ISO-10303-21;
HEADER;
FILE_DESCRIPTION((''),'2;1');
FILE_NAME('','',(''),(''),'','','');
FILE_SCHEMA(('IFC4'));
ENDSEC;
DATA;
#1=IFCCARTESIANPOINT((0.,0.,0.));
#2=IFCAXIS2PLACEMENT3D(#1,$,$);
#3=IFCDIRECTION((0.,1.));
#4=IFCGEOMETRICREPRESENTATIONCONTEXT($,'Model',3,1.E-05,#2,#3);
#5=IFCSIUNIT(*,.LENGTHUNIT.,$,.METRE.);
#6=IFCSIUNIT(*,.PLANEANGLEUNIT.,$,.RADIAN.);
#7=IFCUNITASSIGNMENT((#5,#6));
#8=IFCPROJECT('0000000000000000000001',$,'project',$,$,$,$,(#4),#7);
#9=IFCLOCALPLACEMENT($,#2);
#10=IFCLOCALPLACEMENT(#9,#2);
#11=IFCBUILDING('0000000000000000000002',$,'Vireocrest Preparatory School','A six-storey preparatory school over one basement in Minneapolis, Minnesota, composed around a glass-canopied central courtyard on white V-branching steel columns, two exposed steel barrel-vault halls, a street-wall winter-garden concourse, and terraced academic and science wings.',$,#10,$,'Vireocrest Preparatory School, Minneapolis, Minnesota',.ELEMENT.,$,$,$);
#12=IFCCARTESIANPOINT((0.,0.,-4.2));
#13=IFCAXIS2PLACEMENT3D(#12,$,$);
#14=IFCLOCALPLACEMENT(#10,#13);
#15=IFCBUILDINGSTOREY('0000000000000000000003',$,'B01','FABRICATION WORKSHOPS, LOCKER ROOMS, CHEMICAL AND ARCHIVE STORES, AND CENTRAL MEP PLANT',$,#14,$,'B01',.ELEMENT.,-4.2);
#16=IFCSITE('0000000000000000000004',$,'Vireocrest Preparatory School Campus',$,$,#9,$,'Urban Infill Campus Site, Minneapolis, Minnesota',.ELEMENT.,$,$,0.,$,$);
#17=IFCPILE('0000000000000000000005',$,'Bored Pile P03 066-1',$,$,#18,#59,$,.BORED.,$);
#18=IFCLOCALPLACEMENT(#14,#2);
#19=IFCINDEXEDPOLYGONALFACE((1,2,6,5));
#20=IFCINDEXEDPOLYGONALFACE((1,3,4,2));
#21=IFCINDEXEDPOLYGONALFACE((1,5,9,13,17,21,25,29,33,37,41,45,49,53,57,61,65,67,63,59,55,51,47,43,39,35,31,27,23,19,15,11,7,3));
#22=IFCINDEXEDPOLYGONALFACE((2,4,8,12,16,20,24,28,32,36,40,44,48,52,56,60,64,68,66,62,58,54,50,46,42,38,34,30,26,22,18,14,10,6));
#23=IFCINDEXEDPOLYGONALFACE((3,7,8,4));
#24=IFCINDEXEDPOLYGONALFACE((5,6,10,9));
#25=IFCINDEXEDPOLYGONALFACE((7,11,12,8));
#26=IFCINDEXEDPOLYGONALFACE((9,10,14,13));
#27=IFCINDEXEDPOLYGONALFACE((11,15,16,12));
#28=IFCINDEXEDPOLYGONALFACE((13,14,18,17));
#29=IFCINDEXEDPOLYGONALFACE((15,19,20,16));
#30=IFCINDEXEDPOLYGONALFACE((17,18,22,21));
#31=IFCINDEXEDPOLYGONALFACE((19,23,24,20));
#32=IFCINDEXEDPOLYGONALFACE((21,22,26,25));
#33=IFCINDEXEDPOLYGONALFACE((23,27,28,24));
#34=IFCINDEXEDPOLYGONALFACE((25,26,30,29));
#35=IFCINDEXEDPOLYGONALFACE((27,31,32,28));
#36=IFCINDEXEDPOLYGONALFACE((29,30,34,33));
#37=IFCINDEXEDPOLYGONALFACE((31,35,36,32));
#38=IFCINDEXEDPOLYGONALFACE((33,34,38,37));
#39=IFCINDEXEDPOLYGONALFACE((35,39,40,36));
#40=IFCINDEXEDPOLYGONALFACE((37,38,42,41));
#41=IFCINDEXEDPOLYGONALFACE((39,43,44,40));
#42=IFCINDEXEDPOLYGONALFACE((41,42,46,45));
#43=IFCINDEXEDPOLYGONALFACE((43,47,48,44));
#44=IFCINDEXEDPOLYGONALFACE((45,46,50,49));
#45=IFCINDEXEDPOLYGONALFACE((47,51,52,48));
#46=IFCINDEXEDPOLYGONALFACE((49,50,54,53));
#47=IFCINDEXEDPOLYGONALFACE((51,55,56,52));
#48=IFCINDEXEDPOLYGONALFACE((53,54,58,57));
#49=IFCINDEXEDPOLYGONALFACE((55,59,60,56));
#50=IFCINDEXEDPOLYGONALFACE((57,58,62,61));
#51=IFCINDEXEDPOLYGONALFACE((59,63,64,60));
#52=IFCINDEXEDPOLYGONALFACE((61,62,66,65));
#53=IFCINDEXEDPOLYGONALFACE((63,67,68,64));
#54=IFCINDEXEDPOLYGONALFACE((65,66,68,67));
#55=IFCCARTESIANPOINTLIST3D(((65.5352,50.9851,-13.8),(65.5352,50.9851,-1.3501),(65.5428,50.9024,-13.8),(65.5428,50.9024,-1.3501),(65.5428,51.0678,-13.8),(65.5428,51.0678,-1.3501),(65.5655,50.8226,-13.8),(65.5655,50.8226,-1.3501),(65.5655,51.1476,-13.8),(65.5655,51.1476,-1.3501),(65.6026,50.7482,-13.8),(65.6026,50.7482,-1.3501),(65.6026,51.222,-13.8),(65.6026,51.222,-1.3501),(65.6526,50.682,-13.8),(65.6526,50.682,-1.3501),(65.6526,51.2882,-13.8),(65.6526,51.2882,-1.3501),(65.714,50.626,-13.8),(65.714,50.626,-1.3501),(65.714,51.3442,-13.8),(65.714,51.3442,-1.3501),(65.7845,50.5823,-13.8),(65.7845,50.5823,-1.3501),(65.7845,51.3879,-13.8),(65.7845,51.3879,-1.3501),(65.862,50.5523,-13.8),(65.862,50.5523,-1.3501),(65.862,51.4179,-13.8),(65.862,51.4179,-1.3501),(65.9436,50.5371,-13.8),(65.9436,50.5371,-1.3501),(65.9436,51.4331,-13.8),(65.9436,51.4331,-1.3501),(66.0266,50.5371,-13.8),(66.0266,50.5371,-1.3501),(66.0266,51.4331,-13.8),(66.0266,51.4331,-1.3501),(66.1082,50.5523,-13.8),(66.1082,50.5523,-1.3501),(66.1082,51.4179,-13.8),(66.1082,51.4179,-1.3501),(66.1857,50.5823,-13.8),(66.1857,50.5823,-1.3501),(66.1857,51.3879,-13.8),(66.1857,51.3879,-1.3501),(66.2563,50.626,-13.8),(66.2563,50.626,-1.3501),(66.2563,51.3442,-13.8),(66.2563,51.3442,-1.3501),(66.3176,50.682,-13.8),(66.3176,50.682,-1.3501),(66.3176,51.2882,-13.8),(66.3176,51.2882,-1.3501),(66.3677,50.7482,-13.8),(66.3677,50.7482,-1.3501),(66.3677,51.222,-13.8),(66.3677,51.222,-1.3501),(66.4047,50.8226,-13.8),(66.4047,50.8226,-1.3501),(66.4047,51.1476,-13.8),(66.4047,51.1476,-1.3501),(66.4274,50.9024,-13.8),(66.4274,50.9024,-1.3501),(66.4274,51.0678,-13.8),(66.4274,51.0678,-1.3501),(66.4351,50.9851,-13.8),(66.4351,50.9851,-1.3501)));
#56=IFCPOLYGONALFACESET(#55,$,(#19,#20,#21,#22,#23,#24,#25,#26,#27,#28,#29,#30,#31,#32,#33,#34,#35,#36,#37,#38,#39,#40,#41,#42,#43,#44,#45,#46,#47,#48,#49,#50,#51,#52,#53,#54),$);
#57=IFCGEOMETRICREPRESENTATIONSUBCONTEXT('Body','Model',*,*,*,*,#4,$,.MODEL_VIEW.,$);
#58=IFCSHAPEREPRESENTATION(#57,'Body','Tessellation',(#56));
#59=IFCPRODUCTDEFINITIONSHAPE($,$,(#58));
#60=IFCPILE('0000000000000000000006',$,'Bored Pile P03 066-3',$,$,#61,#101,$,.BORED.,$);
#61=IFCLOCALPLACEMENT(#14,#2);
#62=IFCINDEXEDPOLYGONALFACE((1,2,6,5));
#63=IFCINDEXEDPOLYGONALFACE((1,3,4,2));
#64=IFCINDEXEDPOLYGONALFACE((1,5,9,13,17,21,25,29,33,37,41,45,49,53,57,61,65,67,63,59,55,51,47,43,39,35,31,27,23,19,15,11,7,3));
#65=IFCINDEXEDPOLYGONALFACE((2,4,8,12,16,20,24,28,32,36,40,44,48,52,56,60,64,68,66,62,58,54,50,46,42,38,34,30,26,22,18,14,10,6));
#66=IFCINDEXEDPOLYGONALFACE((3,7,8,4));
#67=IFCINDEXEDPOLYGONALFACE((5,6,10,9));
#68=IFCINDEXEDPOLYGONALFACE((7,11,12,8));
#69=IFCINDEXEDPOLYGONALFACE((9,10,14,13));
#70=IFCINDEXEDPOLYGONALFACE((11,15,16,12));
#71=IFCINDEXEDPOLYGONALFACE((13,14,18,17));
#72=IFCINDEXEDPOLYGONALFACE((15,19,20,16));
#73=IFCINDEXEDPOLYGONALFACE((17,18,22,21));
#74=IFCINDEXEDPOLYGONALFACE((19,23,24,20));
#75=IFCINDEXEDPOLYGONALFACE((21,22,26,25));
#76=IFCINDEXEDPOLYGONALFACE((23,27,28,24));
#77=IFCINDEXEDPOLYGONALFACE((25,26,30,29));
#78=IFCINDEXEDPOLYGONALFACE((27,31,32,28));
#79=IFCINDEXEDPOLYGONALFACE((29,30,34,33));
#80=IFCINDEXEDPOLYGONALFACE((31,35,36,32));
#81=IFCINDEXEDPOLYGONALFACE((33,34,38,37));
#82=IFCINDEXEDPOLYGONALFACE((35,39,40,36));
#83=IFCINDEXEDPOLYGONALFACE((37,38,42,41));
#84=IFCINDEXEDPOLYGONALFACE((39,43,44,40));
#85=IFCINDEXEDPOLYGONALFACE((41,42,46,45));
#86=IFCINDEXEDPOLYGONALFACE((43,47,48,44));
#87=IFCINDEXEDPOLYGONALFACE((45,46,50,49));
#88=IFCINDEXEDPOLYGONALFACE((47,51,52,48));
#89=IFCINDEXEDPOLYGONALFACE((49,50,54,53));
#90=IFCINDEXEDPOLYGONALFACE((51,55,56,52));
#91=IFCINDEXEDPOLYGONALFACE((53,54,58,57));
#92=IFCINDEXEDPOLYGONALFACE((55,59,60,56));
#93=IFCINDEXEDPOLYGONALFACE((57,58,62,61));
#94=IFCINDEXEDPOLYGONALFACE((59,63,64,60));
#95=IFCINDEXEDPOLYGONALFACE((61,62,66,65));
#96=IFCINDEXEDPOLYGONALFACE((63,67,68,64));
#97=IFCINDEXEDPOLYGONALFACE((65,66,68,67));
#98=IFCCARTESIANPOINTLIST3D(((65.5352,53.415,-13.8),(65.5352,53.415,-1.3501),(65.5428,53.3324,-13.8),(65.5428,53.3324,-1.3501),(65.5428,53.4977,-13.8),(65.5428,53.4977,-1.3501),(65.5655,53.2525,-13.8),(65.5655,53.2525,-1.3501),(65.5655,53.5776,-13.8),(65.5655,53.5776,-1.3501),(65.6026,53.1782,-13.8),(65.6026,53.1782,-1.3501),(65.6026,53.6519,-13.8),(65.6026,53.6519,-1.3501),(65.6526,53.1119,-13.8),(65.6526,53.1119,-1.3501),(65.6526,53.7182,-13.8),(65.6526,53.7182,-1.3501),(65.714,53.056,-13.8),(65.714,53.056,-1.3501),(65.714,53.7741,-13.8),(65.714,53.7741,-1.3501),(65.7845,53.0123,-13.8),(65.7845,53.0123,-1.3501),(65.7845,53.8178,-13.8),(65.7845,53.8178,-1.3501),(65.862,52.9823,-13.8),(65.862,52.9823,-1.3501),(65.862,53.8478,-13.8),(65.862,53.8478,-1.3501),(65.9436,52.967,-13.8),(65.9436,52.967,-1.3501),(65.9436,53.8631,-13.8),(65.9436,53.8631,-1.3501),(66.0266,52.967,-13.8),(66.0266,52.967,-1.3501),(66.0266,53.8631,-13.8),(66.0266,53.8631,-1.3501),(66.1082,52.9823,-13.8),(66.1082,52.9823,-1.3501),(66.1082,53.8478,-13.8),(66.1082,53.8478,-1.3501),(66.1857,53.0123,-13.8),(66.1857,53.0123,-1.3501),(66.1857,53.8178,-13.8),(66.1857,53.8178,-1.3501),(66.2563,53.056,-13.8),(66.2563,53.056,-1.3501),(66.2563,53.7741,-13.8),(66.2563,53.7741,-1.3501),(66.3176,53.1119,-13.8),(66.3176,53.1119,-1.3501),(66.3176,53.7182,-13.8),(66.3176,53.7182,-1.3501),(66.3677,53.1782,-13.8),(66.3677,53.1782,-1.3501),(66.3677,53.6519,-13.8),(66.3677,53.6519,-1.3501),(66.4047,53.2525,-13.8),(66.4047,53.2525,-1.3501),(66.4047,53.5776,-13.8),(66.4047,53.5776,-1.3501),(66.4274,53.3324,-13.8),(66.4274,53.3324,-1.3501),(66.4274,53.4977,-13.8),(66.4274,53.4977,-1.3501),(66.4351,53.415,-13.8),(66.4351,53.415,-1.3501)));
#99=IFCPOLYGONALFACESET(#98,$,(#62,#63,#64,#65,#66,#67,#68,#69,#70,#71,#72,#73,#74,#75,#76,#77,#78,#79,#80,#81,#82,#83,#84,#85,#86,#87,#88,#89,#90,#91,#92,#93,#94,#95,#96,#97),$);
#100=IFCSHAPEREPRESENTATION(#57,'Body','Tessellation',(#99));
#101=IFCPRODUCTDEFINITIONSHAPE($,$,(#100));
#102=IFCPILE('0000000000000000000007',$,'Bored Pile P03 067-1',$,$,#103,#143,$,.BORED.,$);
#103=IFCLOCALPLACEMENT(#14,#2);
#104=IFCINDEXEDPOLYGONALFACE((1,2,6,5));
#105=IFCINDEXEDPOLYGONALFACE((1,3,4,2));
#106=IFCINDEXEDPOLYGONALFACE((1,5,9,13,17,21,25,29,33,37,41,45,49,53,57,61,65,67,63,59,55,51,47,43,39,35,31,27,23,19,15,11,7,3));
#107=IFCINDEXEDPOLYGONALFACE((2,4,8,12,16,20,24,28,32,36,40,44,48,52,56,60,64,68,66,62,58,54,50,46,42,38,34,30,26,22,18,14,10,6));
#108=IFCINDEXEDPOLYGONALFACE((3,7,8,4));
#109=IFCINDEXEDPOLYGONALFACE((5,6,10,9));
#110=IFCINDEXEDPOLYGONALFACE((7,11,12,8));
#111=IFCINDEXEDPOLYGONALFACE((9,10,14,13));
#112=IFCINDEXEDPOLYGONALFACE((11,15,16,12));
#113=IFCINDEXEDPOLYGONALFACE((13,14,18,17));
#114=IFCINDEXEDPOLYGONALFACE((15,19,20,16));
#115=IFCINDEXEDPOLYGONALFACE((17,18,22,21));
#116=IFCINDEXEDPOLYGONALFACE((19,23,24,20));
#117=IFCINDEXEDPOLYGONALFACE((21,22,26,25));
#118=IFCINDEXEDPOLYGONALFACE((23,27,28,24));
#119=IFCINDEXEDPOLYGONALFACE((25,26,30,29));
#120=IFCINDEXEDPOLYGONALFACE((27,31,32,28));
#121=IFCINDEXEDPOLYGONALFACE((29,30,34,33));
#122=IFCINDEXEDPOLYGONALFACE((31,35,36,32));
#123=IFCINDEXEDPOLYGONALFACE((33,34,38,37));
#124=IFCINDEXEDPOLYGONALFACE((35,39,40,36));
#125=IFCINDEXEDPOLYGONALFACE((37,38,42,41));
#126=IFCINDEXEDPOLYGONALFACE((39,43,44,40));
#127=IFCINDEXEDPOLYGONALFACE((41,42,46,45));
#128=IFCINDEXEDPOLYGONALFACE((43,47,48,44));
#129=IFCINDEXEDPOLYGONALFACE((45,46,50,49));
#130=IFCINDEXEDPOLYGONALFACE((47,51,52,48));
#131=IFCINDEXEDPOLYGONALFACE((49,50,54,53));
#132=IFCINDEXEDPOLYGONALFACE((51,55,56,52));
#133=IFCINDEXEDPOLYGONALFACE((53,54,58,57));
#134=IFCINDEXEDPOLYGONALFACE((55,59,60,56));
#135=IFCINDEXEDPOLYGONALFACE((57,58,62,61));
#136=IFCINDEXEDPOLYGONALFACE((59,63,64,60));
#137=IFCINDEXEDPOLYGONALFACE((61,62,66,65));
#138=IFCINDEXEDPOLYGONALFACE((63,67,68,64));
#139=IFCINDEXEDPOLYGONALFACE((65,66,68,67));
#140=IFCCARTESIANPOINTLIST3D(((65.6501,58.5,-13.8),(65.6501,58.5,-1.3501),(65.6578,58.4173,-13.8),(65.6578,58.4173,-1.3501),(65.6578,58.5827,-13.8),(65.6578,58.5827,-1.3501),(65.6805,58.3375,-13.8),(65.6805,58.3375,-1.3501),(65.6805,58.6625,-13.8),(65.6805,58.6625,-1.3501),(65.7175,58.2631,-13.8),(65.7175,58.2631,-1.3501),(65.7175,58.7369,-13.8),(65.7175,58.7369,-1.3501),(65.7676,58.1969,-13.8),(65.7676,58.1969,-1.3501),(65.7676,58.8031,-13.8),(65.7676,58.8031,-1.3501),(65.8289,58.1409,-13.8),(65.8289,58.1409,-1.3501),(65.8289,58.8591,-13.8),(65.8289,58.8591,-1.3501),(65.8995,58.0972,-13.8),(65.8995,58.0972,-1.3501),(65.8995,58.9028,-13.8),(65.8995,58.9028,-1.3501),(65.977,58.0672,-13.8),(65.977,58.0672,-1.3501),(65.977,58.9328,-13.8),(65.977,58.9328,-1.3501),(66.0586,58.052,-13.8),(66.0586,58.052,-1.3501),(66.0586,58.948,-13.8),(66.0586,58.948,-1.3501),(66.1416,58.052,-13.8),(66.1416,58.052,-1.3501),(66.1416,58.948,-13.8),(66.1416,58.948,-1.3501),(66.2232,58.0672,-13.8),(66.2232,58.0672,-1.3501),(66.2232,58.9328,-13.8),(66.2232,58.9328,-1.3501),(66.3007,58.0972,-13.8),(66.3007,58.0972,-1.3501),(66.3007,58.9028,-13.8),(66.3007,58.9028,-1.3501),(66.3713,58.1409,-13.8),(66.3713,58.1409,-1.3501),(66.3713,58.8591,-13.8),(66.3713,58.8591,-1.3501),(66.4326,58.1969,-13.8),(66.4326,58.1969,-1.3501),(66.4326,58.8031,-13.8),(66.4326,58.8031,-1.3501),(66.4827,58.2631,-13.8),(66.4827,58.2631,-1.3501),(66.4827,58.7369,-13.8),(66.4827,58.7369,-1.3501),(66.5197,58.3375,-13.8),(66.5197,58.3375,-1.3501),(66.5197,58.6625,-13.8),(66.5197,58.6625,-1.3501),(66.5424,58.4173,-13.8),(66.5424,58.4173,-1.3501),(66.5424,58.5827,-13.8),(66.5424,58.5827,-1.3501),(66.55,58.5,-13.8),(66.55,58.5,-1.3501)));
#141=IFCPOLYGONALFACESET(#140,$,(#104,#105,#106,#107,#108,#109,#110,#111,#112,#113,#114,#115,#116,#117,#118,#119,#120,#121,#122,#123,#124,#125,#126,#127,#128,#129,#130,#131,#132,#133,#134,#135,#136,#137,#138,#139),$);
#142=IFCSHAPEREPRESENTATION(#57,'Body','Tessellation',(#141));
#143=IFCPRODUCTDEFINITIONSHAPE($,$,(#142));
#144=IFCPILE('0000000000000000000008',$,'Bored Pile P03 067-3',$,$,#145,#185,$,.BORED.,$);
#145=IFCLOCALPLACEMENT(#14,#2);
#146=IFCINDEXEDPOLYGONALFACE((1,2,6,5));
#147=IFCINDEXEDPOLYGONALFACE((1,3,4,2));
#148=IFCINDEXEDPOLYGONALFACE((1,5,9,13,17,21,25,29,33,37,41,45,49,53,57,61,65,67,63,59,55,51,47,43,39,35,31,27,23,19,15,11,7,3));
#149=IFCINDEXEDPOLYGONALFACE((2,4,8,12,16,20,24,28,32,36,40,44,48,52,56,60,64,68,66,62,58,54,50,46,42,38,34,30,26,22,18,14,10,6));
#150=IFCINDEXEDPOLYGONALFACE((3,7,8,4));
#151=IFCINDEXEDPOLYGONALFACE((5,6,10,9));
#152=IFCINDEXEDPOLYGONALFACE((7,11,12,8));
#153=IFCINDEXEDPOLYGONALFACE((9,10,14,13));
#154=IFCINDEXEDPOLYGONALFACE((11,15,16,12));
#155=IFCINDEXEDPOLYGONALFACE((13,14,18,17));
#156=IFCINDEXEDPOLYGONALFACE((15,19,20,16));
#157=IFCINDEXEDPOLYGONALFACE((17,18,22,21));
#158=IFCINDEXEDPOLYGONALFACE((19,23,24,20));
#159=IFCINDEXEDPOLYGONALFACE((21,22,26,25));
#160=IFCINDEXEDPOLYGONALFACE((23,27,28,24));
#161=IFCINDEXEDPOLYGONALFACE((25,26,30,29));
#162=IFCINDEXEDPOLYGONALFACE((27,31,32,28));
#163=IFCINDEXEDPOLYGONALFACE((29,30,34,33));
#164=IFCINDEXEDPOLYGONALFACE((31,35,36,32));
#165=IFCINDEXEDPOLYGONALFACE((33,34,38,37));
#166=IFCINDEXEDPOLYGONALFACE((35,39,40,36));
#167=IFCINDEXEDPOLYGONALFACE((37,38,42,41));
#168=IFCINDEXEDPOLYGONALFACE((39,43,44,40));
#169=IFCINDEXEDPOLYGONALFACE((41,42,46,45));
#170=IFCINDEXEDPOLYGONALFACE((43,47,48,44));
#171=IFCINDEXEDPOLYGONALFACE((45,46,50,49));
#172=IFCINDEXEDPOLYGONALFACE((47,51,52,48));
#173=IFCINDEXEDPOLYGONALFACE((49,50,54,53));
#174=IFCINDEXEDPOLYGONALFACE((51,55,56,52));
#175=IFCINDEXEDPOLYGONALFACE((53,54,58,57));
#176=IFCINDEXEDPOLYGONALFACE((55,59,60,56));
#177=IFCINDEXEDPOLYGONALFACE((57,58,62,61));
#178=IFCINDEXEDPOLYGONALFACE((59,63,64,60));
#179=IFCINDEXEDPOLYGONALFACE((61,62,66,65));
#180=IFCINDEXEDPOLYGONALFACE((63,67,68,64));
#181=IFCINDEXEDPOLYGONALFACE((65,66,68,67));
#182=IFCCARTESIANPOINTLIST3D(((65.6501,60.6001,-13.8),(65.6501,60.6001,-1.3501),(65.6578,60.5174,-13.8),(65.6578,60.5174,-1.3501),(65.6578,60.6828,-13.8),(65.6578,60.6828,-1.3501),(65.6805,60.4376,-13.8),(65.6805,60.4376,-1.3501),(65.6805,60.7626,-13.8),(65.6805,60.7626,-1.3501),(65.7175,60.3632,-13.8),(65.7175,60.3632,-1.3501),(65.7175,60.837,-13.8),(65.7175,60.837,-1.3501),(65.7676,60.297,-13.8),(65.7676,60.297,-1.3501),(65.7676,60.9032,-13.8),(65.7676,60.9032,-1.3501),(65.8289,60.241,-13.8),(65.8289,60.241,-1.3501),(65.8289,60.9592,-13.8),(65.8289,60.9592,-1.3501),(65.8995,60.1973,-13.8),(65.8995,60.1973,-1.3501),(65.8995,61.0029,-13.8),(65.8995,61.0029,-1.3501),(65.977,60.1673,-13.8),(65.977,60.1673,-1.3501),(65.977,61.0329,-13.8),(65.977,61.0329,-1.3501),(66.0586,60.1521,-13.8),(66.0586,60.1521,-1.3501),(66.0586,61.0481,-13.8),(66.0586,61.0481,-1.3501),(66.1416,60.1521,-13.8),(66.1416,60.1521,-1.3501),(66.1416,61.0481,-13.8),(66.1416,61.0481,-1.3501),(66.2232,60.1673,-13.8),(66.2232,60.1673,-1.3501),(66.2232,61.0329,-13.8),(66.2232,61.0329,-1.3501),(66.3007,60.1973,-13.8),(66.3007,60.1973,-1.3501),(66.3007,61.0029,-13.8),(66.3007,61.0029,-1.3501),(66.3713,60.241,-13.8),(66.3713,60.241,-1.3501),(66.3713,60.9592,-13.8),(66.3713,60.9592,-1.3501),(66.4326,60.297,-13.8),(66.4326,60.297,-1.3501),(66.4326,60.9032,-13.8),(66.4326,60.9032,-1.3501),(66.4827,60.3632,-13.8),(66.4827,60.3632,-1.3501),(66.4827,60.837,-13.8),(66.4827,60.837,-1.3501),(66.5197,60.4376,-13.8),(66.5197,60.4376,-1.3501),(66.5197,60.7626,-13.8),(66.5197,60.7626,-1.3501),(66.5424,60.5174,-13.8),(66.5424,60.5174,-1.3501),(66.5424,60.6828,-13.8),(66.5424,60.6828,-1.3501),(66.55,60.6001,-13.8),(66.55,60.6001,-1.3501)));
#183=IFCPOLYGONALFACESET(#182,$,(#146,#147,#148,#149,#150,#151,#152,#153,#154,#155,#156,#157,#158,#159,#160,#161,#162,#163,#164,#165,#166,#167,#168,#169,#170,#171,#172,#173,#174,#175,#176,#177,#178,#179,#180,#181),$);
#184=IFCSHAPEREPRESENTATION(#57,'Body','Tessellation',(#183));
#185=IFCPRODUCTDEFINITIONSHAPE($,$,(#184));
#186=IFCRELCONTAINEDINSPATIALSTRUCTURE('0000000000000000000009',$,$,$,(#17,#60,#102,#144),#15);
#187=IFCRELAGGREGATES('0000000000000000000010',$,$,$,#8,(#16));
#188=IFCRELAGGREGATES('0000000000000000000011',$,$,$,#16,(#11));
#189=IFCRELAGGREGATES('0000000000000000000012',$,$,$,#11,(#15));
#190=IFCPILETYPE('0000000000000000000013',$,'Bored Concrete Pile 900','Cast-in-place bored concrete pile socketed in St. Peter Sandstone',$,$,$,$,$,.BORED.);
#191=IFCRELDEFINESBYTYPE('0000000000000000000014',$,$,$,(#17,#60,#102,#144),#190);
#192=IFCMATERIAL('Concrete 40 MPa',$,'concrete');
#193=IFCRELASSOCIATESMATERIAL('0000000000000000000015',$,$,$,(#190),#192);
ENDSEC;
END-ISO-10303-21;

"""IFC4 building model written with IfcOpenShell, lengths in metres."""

from ifc_helpers import new_model, si_unit, direction, frame, origin, origin_2d, place, context, subcontext, project, spatial, circle, extrude, material, material_profile, profile_set, type_object, element, save


model = new_model("IFC4")

# Units and contexts
model_context = context("Model", 3, precision=1e-05, world=origin(), true_north=direction((0.0, 1.0)))
body_context = subcontext(model_context, "Body", "Model", "MODEL_VIEW")
ifc_project = project(units=[si_unit("LENGTHUNIT", "METRE"), si_unit("PLANEANGLEUNIT", "RADIAN")], contexts=[model_context])

# Site, building, storey
site_placement = place(None, origin())
site = spatial("IfcSite", under=ifc_project, at=site_placement, Name="Vireocrest Preparatory School Campus", LongName="Urban Infill Campus Site, Minneapolis, Minnesota", CompositionType="ELEMENT", RefElevation=0.0)
building_placement = place(site_placement, origin())
building = spatial("IfcBuilding", under=site, at=building_placement, Name="Vireocrest Preparatory School", Description="A six-storey preparatory school over one basement in Minneapolis, Minnesota, composed around a glass-canopied central courtyard on white V-branching steel columns, two exposed steel barrel-vault halls, a street-wall winter-garden concourse, and terraced academic and science wings.", LongName="Vireocrest Preparatory School, Minneapolis, Minnesota", CompositionType="ELEMENT")
storey_placement = place(building_placement, frame((0.0, 0.0, -4.2)))
storey = spatial("IfcBuildingStorey", under=building, at=storey_placement, Name="B01", Description="FABRICATION WORKSHOPS, LOCKER ROOMS, CHEMICAL AND ARCHIVE STORES, AND CENTRAL MEP PLANT", LongName="B01", CompositionType="ELEMENT", Elevation=-4.2)

# Piles
ifc_material_1 = material(Name="Concrete 40 MPa", Category="concrete")
ifc_material_profile_1 = material_profile(ifc_material_1, circle(Radius=0.45, at=origin_2d()), Name="BORED PILE 900")
ifc_profile_set_1 = profile_set([ifc_material_profile_1], Name="Concrete 40 MPa")
pile_type_1 = type_object("IfcPileType", Name="Bored Concrete Pile 900", Description="Cast-in-place bored concrete pile socketed in St. Peter Sandstone", PredefinedType="BORED", material=ifc_profile_set_1)
for number, where, z_axis, x_axis, name in (
    (1, (65.9851, 50.9851, -1.3501), (0.0, 0.0, -1.0), (1.0, 0.0, 0.0), "Bored Pile P03 066-1"),
    (2, (65.9851, 53.415, -1.3501), (0.0, 0.0, -1.0), (1.0, 0.0, 0.0), "Bored Pile P03 066-3"),
    (3, (66.1001, 58.5, -1.3501), (0.0, 0.0, -1.0), (1.0, 0.0, 0.0), "Bored Pile P03 067-1"),
    (4, (66.1001, 60.6001, -1.3501), (0.0, 0.0, -1.0), (1.0, 0.0, 0.0), "Bored Pile P03 067-3"),
):
    element("IfcPile", number, at=place(storey_placement, frame(where, z_axis=z_axis, x_axis=x_axis)), inside=storey, type_object=pile_type_1, Name=name, PredefinedType="BORED", context=body_context, shape_type="SweptSolid", body=[
        extrude(circle(Radius=0.45, at=origin_2d()), origin(), (0.0, 0.0, 1.0), 12.45),
    ])

save(model, "model.ifc")
